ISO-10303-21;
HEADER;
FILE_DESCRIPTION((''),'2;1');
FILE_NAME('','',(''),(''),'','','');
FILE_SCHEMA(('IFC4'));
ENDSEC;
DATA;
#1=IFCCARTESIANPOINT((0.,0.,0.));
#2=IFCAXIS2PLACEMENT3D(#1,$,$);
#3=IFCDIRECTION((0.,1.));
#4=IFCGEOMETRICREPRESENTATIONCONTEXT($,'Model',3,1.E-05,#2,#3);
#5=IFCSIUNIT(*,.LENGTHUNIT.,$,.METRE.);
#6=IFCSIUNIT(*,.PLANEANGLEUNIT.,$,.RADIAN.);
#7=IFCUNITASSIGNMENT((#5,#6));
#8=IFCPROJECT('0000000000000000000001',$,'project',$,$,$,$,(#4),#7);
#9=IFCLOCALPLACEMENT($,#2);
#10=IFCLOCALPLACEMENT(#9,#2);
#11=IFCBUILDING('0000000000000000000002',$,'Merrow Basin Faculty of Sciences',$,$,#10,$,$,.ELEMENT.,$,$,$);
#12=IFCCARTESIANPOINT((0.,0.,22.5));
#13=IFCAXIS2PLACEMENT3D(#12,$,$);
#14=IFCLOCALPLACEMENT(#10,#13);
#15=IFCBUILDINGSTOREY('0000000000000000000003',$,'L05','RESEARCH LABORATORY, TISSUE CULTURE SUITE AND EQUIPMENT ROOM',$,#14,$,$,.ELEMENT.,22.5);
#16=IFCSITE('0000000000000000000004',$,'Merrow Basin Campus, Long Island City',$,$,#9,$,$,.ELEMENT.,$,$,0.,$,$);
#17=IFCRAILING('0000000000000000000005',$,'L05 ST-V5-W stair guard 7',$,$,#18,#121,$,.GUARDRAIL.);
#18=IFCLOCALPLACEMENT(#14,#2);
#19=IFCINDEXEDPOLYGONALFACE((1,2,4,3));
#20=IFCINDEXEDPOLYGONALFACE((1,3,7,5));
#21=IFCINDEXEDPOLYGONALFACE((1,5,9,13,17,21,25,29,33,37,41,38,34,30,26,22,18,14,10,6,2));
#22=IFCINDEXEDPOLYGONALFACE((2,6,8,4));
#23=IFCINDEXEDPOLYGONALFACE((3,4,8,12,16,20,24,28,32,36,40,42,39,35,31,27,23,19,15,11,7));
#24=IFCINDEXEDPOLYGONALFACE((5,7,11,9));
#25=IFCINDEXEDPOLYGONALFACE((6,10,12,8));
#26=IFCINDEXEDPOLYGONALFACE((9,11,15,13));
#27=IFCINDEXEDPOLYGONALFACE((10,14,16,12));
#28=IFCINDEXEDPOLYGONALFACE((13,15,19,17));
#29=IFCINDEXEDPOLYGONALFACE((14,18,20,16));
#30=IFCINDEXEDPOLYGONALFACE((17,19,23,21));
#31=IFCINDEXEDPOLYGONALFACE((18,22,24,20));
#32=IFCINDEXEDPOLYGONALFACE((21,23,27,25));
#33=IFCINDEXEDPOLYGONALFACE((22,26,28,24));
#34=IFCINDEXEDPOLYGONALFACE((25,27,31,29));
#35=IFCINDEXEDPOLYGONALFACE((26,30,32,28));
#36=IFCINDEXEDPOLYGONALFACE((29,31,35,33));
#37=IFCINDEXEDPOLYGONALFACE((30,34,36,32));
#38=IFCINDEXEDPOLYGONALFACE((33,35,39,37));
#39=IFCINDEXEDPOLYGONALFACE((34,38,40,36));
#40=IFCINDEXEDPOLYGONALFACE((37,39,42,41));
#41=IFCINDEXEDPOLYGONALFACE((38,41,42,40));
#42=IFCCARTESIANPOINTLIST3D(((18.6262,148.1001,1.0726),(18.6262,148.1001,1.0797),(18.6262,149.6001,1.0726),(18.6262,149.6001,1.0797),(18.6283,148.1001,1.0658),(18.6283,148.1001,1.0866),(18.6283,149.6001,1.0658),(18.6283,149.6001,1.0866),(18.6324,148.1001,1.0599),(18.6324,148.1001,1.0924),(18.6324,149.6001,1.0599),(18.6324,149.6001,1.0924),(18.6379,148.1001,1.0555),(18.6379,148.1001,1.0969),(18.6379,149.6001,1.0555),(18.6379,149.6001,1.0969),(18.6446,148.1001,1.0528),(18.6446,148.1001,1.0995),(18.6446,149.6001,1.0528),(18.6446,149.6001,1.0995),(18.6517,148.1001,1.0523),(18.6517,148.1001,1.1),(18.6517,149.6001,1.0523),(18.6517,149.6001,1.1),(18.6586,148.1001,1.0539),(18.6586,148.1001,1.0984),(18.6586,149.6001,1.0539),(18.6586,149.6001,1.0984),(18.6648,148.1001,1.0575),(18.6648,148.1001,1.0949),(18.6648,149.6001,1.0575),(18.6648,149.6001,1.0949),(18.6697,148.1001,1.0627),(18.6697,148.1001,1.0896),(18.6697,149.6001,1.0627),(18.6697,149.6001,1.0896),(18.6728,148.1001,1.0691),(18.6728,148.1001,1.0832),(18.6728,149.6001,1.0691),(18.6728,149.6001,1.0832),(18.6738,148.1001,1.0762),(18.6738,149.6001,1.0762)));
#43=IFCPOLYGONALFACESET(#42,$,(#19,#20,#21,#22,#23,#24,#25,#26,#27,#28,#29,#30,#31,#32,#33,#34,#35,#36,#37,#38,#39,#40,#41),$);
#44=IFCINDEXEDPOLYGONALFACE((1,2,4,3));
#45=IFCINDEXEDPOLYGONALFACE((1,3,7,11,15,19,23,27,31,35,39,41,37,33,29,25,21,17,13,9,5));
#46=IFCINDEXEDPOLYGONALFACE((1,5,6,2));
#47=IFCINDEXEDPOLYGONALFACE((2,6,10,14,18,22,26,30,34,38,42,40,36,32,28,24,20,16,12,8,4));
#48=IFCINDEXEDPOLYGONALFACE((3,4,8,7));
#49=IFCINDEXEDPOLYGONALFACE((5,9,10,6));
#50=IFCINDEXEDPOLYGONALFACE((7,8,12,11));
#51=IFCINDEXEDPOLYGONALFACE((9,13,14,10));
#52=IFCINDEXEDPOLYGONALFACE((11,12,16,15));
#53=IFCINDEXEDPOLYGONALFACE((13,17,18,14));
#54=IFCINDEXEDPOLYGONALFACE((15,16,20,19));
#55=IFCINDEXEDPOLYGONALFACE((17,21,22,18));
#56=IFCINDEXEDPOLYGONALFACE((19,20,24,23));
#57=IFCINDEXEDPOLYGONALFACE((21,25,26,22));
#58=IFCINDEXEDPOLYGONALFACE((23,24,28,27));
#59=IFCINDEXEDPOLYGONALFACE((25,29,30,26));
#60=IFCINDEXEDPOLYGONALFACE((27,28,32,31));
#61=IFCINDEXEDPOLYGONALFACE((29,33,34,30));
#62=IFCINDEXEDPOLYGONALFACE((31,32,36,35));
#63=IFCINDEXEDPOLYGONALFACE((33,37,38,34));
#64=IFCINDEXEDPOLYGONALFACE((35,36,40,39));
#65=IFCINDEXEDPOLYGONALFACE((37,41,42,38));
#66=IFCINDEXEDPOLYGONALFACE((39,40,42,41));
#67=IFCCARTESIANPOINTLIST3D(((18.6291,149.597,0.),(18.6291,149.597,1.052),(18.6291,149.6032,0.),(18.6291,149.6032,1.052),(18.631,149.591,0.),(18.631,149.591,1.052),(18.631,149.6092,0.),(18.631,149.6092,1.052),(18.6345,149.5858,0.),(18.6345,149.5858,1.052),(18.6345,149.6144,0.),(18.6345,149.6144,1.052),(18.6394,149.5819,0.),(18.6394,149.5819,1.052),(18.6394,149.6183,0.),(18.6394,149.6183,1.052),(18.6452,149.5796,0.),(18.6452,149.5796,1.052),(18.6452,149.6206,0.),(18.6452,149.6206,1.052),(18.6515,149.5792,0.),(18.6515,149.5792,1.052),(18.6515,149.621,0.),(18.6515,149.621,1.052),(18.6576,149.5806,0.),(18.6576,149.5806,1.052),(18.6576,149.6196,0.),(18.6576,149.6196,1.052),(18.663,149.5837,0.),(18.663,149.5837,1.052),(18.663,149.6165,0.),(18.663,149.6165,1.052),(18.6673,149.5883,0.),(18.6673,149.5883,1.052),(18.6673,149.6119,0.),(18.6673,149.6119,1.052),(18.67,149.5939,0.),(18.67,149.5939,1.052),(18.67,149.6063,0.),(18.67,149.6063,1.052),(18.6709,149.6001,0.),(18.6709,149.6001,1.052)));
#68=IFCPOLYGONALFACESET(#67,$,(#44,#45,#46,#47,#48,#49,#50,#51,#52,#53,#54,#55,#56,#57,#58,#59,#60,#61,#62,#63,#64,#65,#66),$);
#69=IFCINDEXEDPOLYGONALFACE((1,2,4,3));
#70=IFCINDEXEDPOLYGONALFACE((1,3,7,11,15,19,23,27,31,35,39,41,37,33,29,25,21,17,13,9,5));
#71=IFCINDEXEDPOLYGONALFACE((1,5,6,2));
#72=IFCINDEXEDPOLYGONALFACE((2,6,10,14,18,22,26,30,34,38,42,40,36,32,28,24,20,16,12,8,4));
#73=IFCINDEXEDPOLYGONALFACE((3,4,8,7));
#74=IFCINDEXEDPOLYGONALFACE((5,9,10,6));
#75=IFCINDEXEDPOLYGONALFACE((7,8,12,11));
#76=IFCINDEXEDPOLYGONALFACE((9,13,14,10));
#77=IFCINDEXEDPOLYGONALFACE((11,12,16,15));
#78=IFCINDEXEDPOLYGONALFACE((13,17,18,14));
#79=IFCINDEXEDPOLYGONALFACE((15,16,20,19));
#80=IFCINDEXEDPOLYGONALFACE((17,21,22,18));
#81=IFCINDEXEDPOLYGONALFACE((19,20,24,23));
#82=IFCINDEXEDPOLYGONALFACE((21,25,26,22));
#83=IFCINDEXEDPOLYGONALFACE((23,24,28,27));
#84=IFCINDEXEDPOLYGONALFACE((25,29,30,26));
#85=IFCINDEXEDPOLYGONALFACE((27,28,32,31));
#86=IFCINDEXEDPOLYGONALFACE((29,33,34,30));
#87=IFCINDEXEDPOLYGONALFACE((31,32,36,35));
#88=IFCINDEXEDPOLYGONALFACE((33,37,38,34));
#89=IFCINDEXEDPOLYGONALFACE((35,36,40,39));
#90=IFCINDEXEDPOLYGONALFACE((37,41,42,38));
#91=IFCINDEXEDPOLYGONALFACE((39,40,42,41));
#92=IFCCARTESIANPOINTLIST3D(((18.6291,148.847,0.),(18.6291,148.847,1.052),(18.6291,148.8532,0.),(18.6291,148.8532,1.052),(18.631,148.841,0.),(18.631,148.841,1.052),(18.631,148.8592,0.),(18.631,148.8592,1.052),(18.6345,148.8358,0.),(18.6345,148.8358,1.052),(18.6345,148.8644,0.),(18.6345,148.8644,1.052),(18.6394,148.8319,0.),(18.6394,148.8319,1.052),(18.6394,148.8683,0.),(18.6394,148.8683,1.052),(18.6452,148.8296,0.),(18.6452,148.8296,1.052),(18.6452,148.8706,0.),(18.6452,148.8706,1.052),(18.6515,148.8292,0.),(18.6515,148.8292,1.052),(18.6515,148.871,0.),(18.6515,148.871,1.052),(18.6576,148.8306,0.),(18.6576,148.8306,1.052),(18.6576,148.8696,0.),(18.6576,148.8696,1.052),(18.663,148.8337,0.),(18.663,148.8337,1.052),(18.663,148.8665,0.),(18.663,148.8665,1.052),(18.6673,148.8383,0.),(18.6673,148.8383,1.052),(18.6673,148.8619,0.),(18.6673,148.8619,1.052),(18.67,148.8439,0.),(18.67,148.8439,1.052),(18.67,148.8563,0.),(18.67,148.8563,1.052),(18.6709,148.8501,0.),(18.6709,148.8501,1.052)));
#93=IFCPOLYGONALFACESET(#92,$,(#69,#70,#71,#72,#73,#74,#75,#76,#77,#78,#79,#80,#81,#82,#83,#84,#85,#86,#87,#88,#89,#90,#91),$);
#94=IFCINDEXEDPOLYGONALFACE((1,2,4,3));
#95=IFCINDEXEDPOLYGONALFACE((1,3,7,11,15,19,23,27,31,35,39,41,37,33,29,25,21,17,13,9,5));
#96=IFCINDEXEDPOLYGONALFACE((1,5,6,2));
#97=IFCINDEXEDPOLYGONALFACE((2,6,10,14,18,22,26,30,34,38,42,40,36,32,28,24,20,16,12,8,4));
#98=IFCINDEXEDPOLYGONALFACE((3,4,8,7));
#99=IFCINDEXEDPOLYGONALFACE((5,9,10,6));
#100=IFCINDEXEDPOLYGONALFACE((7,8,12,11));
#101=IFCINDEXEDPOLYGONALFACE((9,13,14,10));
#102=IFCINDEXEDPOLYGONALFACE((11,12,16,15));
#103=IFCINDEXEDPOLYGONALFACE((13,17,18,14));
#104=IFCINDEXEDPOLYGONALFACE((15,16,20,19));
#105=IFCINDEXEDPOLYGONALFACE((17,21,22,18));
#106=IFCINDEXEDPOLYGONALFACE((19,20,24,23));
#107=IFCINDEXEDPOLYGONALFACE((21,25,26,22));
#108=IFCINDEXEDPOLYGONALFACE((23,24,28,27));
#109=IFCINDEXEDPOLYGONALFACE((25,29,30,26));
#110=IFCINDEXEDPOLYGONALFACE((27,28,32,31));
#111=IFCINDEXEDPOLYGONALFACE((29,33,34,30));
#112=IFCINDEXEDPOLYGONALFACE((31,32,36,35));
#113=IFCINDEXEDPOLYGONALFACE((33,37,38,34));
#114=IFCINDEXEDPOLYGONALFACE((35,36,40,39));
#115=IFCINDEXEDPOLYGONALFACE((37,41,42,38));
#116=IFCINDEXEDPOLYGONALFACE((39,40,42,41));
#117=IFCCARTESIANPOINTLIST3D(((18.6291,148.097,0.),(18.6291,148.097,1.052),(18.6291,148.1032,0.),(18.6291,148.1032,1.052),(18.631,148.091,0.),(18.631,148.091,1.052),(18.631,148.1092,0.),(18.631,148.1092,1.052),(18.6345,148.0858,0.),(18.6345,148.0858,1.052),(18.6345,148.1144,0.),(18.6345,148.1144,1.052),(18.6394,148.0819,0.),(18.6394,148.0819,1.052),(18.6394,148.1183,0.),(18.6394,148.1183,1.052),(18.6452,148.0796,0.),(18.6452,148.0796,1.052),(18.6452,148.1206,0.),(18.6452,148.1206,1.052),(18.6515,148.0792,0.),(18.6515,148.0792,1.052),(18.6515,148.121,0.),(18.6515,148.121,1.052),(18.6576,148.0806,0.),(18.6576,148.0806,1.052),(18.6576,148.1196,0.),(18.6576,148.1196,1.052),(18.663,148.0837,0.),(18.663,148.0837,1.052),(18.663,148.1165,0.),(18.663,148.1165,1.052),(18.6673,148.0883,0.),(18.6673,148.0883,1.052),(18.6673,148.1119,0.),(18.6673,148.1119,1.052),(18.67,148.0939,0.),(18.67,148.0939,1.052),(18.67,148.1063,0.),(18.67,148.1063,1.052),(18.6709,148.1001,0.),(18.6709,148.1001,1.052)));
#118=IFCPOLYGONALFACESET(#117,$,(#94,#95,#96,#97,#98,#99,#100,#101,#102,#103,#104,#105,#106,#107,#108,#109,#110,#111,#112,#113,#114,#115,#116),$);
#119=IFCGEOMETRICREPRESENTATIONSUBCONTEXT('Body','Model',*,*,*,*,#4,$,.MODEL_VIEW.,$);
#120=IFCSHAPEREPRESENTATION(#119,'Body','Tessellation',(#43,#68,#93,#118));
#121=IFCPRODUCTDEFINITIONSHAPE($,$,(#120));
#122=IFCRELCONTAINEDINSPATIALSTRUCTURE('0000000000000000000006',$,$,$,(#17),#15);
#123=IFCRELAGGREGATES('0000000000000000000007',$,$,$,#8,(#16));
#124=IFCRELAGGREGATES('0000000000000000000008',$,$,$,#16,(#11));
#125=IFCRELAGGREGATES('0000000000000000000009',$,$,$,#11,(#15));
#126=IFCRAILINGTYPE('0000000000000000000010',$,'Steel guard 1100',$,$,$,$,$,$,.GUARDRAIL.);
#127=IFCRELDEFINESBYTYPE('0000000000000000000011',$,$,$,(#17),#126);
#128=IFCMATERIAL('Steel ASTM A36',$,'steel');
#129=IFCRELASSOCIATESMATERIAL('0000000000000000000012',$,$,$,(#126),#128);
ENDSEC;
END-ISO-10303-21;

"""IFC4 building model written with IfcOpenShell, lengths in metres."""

from ifc_helpers import new_model, si_unit, direction, frame, origin, origin_2d, place, context, subcontext, project, spatial, circle, extrude, material, type_object, element, save


model = new_model("IFC4")

# Units and contexts
model_context = context("Model", 3, precision=1e-05, world=origin(), true_north=direction((0.0, 1.0)))
body_context = subcontext(model_context, "Body", "Model", "MODEL_VIEW")
ifc_project = project(units=[si_unit("LENGTHUNIT", "METRE"), si_unit("PLANEANGLEUNIT", "RADIAN")], contexts=[model_context])

# Site, building, storey
site_placement = place(None, origin())
site = spatial("IfcSite", under=ifc_project, at=site_placement, Name="Merrow Basin Campus, Long Island City", CompositionType="ELEMENT", RefElevation=0.0)
building_placement = place(site_placement, origin())
building = spatial("IfcBuilding", under=site, at=building_placement, Name="Merrow Basin Faculty of Sciences", CompositionType="ELEMENT")
storey_placement = place(building_placement, frame((0.0, 0.0, 22.5)))
storey = spatial("IfcBuildingStorey", under=building, at=storey_placement, Name="L05", Description="RESEARCH LABORATORY, TISSUE CULTURE SUITE AND EQUIPMENT ROOM", CompositionType="ELEMENT", Elevation=22.5)

# Railing
ifc_material_1 = material(Name="Steel ASTM A36", Category="steel")
railing_type_1 = type_object("IfcRailingType", Name="Steel guard 1100", PredefinedType="GUARDRAIL", material=ifc_material_1)
railing_1_placement = place(storey_placement, frame((18.6499, 149.6001, 0.0)))
element("IfcRailing", 1, at=railing_1_placement, inside=storey, type_object=railing_type_1, Name="L05 ST-V5-W stair guard 7", PredefinedType="GUARDRAIL", context=body_context, shape_type="SweptSolid", body=[
    extrude(circle(Radius=0.0239, at=origin_2d()), frame((0.0, 0.0, 1.0762), z_axis=(0.0, -1.0, 0.0), x_axis=(1.0, 0.0, 0.0)), (0.0, 0.0, 1.0), 1.5),
    extrude(circle(Radius=0.021, at=origin_2d()), origin(), (0.0, 0.0, 1.0), 1.052),
    extrude(circle(Radius=0.021, at=origin_2d()), frame((0.0, -0.75, 0.0)), (0.0, 0.0, 1.0), 1.052),
    extrude(circle(Radius=0.021, at=origin_2d()), frame((0.0, -1.5, 0.0)), (0.0, 0.0, 1.0), 1.052),
])

save(model, "model.ifc")
